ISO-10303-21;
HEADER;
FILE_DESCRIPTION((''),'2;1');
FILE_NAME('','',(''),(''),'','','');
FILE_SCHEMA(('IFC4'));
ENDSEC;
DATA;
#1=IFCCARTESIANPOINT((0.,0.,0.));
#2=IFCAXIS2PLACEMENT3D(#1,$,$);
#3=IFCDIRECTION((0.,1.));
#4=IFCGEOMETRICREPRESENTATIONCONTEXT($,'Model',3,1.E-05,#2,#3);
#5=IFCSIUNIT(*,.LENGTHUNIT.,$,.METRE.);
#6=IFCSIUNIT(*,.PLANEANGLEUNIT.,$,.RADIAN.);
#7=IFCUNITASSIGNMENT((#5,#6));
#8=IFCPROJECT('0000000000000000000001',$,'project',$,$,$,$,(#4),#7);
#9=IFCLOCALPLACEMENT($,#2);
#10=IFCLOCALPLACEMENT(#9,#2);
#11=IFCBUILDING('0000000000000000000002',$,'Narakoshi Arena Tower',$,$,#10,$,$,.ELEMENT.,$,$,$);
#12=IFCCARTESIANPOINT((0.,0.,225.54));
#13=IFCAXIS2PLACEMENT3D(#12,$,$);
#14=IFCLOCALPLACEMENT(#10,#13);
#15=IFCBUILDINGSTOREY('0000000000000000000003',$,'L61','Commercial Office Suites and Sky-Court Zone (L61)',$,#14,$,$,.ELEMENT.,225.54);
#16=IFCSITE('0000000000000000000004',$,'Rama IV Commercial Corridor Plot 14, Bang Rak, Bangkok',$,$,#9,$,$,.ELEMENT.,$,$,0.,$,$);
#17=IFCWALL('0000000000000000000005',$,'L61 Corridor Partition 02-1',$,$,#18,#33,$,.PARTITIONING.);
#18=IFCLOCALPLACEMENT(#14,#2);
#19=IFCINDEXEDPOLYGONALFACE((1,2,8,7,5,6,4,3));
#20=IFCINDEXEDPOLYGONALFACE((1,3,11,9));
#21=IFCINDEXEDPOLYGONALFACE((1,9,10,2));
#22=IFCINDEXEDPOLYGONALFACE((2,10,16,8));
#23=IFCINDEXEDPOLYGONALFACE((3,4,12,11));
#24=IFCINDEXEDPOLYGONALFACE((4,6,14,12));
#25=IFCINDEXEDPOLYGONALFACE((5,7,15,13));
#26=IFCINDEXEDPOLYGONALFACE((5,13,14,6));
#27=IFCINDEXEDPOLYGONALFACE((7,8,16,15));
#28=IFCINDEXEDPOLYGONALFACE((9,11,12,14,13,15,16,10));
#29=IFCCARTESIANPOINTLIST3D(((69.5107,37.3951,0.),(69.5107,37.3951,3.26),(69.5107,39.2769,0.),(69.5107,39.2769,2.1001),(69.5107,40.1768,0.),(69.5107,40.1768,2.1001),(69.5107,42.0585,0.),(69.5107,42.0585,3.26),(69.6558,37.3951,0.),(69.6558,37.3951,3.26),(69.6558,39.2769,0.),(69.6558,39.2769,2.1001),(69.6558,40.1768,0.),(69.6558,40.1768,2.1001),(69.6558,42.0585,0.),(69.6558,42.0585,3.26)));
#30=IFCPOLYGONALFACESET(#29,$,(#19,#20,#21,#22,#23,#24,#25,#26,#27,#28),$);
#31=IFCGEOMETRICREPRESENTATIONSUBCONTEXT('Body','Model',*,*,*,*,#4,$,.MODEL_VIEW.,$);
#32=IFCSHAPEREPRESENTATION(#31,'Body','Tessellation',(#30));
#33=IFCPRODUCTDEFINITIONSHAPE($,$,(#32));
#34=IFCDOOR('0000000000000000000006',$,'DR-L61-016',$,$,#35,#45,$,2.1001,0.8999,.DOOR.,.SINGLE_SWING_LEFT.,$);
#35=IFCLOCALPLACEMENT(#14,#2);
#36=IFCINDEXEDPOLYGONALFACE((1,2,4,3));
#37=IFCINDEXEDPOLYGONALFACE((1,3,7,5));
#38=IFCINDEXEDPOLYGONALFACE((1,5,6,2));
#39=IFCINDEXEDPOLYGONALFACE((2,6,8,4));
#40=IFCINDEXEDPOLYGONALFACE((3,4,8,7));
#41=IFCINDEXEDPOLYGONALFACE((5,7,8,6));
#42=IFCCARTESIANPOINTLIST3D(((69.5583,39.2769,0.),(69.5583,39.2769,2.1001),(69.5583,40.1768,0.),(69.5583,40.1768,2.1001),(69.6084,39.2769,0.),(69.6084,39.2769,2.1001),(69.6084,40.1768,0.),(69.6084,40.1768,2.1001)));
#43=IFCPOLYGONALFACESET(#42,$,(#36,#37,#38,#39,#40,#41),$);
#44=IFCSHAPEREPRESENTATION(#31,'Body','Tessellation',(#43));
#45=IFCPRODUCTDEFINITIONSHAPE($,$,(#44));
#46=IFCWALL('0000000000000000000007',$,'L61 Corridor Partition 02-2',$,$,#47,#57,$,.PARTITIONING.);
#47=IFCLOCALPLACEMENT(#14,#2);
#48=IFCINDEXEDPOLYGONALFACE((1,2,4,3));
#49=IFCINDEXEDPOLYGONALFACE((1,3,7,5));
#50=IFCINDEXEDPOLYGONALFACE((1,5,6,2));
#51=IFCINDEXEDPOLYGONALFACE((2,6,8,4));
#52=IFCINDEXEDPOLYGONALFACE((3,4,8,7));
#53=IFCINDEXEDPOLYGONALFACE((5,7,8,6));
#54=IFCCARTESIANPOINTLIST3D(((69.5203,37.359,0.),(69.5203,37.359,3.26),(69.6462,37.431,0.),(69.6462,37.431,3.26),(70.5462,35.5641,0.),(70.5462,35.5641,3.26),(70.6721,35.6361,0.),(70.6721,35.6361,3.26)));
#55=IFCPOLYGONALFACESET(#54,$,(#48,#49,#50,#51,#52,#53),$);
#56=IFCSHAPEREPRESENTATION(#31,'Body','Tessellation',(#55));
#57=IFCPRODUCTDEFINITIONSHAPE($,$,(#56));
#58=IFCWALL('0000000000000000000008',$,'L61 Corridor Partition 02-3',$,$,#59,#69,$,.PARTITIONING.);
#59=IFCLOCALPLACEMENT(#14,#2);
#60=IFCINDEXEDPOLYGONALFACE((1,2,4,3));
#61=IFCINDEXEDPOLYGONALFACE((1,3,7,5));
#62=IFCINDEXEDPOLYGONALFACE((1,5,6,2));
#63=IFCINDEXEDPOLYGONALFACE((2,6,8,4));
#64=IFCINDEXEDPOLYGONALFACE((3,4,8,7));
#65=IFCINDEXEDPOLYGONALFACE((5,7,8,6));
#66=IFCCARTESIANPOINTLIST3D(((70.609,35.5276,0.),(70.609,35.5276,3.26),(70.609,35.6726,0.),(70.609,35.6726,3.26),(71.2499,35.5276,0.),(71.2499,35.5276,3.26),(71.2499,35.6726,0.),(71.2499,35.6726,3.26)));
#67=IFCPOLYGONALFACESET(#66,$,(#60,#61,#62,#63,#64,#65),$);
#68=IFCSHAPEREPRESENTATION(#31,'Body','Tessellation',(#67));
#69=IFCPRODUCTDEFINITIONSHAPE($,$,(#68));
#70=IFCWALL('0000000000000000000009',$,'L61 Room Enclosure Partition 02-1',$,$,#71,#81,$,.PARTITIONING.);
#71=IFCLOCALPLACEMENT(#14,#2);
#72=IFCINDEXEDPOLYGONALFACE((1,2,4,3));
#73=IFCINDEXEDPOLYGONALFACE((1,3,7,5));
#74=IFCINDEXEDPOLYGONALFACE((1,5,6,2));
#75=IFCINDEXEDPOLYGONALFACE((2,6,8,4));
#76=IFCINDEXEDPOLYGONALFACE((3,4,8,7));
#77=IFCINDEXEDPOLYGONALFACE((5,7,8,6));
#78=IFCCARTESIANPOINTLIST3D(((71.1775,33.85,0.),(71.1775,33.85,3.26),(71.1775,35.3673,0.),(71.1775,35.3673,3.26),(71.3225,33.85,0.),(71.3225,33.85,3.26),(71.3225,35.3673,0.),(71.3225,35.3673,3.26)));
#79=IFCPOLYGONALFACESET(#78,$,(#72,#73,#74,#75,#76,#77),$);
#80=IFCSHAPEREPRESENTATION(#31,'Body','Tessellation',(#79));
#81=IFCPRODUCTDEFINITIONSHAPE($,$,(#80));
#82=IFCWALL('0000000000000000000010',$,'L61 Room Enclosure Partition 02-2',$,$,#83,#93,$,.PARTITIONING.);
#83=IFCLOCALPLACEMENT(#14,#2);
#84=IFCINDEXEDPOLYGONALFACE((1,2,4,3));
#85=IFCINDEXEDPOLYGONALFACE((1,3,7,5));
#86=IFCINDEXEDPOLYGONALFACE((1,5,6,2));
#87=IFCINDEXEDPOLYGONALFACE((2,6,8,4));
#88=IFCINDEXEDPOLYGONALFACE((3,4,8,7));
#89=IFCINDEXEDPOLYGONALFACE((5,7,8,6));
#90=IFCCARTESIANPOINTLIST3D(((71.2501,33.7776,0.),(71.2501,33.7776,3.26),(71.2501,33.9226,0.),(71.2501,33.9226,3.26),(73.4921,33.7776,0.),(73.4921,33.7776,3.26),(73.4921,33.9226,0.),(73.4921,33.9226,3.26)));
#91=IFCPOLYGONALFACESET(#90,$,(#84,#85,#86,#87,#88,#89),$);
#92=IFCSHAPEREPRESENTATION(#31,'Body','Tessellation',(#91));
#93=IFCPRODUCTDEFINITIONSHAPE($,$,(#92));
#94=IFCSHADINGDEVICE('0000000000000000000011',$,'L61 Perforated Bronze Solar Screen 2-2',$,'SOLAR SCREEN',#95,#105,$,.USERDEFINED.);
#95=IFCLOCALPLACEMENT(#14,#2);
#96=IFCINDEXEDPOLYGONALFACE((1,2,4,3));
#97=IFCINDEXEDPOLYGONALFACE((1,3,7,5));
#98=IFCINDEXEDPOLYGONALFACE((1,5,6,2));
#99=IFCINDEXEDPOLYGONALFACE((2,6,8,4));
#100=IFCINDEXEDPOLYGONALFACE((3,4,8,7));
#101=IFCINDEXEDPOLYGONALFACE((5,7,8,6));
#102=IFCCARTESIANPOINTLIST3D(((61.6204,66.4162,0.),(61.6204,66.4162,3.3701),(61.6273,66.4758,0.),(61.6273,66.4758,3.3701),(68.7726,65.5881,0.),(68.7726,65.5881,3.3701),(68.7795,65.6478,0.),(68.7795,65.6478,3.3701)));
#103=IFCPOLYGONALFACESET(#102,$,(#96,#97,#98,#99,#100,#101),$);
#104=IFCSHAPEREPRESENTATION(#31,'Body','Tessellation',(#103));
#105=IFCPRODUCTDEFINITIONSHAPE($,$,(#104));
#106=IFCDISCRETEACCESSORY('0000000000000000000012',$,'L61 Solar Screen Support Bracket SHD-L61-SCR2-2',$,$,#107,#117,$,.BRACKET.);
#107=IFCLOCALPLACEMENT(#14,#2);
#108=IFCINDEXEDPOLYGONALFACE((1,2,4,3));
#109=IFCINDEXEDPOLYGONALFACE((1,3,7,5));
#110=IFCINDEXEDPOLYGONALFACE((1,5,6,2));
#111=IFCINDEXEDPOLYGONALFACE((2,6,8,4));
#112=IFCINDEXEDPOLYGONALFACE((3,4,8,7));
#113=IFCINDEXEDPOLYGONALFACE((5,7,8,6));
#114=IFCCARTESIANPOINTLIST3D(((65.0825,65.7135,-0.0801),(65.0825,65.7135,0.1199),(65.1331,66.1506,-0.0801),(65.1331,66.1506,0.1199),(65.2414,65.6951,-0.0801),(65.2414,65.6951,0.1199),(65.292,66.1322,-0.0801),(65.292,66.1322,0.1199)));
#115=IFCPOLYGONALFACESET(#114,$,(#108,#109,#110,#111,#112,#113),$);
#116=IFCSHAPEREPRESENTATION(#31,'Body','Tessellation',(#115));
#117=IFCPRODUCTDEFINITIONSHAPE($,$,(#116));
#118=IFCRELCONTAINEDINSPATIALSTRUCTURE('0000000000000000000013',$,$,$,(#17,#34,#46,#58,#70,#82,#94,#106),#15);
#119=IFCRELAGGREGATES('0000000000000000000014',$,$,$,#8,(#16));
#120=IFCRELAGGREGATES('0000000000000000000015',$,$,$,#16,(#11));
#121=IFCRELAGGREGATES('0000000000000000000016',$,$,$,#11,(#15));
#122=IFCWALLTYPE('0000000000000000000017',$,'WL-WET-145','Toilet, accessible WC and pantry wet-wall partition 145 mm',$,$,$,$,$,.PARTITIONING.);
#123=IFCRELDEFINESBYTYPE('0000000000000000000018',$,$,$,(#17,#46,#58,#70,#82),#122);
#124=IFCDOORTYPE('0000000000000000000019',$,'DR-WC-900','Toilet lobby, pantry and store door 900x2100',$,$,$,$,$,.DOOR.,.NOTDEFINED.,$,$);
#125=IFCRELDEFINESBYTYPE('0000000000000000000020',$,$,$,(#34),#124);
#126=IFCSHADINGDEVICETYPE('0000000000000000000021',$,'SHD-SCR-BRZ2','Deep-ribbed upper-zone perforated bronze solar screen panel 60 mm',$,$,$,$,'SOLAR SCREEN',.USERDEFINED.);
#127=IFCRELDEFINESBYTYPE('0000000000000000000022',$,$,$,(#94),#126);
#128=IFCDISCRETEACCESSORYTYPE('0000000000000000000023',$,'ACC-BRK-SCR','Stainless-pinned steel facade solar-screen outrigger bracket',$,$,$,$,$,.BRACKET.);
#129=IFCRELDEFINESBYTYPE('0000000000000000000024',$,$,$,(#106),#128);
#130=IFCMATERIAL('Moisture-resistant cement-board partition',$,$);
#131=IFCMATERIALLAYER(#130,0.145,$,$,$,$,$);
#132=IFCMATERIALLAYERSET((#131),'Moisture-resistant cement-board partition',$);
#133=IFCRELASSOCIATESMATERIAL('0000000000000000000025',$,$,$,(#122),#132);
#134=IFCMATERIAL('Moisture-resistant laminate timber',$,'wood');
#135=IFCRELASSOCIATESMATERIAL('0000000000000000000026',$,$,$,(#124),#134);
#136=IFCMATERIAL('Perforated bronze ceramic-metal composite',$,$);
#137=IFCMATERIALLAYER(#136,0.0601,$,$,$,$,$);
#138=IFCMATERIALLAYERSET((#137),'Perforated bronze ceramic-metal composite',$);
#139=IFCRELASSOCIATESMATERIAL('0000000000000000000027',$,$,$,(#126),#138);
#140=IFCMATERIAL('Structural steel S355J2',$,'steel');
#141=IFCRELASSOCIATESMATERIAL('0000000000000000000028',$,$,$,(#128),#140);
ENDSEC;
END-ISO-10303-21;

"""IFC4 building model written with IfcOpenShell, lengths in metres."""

from ifc_helpers import new_model, si_unit, direction, frame, frame_2d, origin, origin_2d, place, context, subcontext, project, spatial, rectangle, extrude, material, layer, layer_set, type_object, element, fill, save


model = new_model("IFC4")

# Units and contexts
model_context = context("Model", 3, precision=1e-05, world=origin(), true_north=direction((0.0, 1.0)))
body_context = subcontext(model_context, "Body", "Model", "MODEL_VIEW")
ifc_project = project(units=[si_unit("LENGTHUNIT", "METRE"), si_unit("PLANEANGLEUNIT", "RADIAN")], contexts=[model_context])

# Site, building, storey
site_placement = place(None, origin())
site = spatial("IfcSite", under=ifc_project, at=site_placement, Name="Rama IV Commercial Corridor Plot 14, Bang Rak, Bangkok", CompositionType="ELEMENT", RefElevation=0.0)
building_placement = place(site_placement, origin())
building = spatial("IfcBuilding", under=site, at=building_placement, Name="Narakoshi Arena Tower", CompositionType="ELEMENT")
storey_placement = place(building_placement, frame((0.0, 0.0, 225.54)))
storey = spatial("IfcBuildingStorey", under=building, at=storey_placement, Name="L61", Description="Commercial Office Suites and Sky-Court Zone (L61)", CompositionType="ELEMENT", Elevation=225.54)

# Shared definitions
ifc_material_1 = material(Name="Structural steel S355J2", Category="steel")

# Shared definitions
ifc_material_2 = material(Name="Moisture-resistant cement-board partition")
ifc_layer_1 = layer(ifc_material_2, 0.145)
ifc_layer_set_1 = layer_set([ifc_layer_1], Name="Moisture-resistant cement-board partition")
wall_type_1 = type_object("IfcWallType", Name="WL-WET-145", Description="Toilet, accessible WC and pantry wet-wall partition 145 mm", PredefinedType="PARTITIONING", material=ifc_layer_set_1)

# Wall, opening, door
wall_1_placement = place(storey_placement, frame((69.5833, 42.0583, 0.0), z_axis=(0.0, 0.0, 1.0), x_axis=(0.0, -1.0, 0.0)))
wall_1 = element("IfcWall", 1, at=wall_1_placement, inside=storey, type_object=wall_type_1, Name="L61 Corridor Partition 02-1", PredefinedType="PARTITIONING", context=body_context, shape_type="SweptSolid", body=[
    extrude(rectangle(XDim=4.6633, YDim=0.145, at=frame_2d((2.3315, 0.0))), origin(), (0.0, 0.0, 1.0), 3.26),
])
opening_1_placement = place(wall_1_placement, frame((1.8816, 0.0, 0.0)))
opening_1 = element("IfcOpeningElement", 2, at=opening_1_placement, cuts=wall_1, PredefinedType="OPENING", context=body_context, shape_type="SweptSolid", body=[
    extrude(rectangle(XDim=0.8999, YDim=2.1001, at=frame_2d((0.45, 1.05))), frame((0.0, 0.0825, 0.0), z_axis=(0.0, -1.0, 0.0), x_axis=(1.0, 0.0, 0.0)), (0.0, 0.0, 1.0), 0.165),
])
ifc_material_3 = material(Name="Moisture-resistant laminate timber", Category="wood")
door_type_1 = type_object("IfcDoorType", Name="DR-WC-900", Description="Toilet lobby, pantry and store door 900x2100", OperationType="NOTDEFINED", PredefinedType="DOOR", material=ifc_material_3)
door_1_placement = place(opening_1_placement, frame((0.8999, 0.0, 0.0), z_axis=(0.0, 0.0, 1.0), x_axis=(-1.0, 0.0, 0.0)))
door_1 = element("IfcDoor", 3, at=door_1_placement, inside=storey, type_object=door_type_1, Name="DR-L61-016", OperationType="SINGLE_SWING_LEFT", OverallHeight=2.1001, OverallWidth=0.8999, PredefinedType="DOOR", context=body_context, shape_type="SweptSolid", body=[
    extrude(rectangle(XDim=0.8999, YDim=2.1001, at=frame_2d((0.45, 1.05))), frame((0.0, 0.0249, 0.0), z_axis=(0.0, -1.0, 0.0), x_axis=(1.0, 0.0, 0.0)), (0.0, 0.0, 1.0), 0.05),
])
fill(opening_1, door_1)

# Walls
wall_2_placement = place(storey_placement, frame((69.5833, 37.395, 0.0), z_axis=(0.0, 0.0, 1.0), x_axis=(0.496215, -0.8682, 0.0)))
element("IfcWall", 4, at=wall_2_placement, inside=storey, type_object=wall_type_1, Name="L61 Corridor Partition 02-2", PredefinedType="PARTITIONING", context=body_context, shape_type="SweptSolid", body=[
    extrude(rectangle(XDim=2.0674, YDim=0.145, at=frame_2d((1.0337, 0.0))), origin(), (0.0, 0.0, 1.0), 3.26),
])
wall_3_placement = place(storey_placement, frame((70.6091, 35.6001, 0.0), z_axis=(0.0, 0.0, 1.0), x_axis=(1.0, 0.0, 0.0)))
element("IfcWall", 5, at=wall_3_placement, inside=storey, type_object=wall_type_1, Name="L61 Corridor Partition 02-3", PredefinedType="PARTITIONING", context=body_context, shape_type="SweptSolid", body=[
    extrude(rectangle(XDim=0.6409, YDim=0.145, at=frame_2d((0.3203, 0.0))), origin(), (0.0, 0.0, 1.0), 3.26),
])
wall_4_placement = place(storey_placement, frame((71.25, 35.3674, 0.0), z_axis=(0.0, 0.0, 1.0), x_axis=(0.0, -1.0, 0.0)))
element("IfcWall", 6, at=wall_4_placement, inside=storey, type_object=wall_type_1, Name="L61 Room Enclosure Partition 02-1", PredefinedType="PARTITIONING", context=body_context, shape_type="SweptSolid", body=[
    extrude(rectangle(XDim=1.5173, YDim=0.145, at=frame_2d((0.7588, 0.0))), origin(), (0.0, 0.0, 1.0), 3.26),
])
wall_5_placement = place(storey_placement, frame((71.25, 33.8501, 0.0), z_axis=(0.0, 0.0, 1.0), x_axis=(1.0, 0.0, 0.0)))
element("IfcWall", 7, at=wall_5_placement, inside=storey, type_object=wall_type_1, Name="L61 Room Enclosure Partition 02-2", PredefinedType="PARTITIONING", context=body_context, shape_type="SweptSolid", body=[
    extrude(rectangle(XDim=2.2419, YDim=0.145, at=frame_2d((1.1211, 0.0))), origin(), (0.0, 0.0, 1.0), 3.26),
])

# Shading device
ifc_material_4 = material(Name="Perforated bronze ceramic-metal composite")
ifc_layer_2 = layer(ifc_material_4, 0.0601)
ifc_layer_set_2 = layer_set([ifc_layer_2], Name="Perforated bronze ceramic-metal composite")
shading_device_type = type_object("IfcShadingDeviceType", Name="SHD-SCR-BRZ2", Description="Deep-ribbed upper-zone perforated bronze solar screen panel 60 mm", ElementType="SOLAR SCREEN", PredefinedType="USERDEFINED", material=ifc_layer_set_2)
shading_device_placement = place(storey_placement, frame((65.2, 66.032, 0.0), z_axis=(0.0, 0.0, 1.0), x_axis=(-0.993365, 0.115007, 0.0)))
element("IfcShadingDevice", 8, at=shading_device_placement, inside=storey, type_object=shading_device_type, Name="L61 Perforated Bronze Solar Screen 2-2", ObjectType="SOLAR SCREEN", PredefinedType="USERDEFINED", context=body_context, shape_type="SweptSolid", body=[
    extrude(rectangle(XDim=7.2, YDim=0.0601, at=origin_2d()), origin(), (0.0, 0.0, 1.0), 3.3701),
])

# Discrete accessory
discrete_accessory_type = type_object("IfcDiscreteAccessoryType", Name="ACC-BRK-SCR", Description="Stainless-pinned steel facade solar-screen outrigger bracket", PredefinedType="BRACKET", material=ifc_material_1)
discrete_accessory_placement = place(storey_placement, frame((65.1873, 65.9229, -0.0801), z_axis=(0.0, 0.0, 1.0), x_axis=(-0.993365, 0.115007, 0.0)))
element("IfcDiscreteAccessory", 9, at=discrete_accessory_placement, inside=storey, type_object=discrete_accessory_type, Name="L61 Solar Screen Support Bracket SHD-L61-SCR2-2", PredefinedType="BRACKET", context=body_context, shape_type="SweptSolid", body=[
    extrude(rectangle(XDim=0.1599, YDim=0.4399, at=origin_2d()), origin(), (0.0, 0.0, 1.0), 0.2),
])

save(model, "model.ifc")
